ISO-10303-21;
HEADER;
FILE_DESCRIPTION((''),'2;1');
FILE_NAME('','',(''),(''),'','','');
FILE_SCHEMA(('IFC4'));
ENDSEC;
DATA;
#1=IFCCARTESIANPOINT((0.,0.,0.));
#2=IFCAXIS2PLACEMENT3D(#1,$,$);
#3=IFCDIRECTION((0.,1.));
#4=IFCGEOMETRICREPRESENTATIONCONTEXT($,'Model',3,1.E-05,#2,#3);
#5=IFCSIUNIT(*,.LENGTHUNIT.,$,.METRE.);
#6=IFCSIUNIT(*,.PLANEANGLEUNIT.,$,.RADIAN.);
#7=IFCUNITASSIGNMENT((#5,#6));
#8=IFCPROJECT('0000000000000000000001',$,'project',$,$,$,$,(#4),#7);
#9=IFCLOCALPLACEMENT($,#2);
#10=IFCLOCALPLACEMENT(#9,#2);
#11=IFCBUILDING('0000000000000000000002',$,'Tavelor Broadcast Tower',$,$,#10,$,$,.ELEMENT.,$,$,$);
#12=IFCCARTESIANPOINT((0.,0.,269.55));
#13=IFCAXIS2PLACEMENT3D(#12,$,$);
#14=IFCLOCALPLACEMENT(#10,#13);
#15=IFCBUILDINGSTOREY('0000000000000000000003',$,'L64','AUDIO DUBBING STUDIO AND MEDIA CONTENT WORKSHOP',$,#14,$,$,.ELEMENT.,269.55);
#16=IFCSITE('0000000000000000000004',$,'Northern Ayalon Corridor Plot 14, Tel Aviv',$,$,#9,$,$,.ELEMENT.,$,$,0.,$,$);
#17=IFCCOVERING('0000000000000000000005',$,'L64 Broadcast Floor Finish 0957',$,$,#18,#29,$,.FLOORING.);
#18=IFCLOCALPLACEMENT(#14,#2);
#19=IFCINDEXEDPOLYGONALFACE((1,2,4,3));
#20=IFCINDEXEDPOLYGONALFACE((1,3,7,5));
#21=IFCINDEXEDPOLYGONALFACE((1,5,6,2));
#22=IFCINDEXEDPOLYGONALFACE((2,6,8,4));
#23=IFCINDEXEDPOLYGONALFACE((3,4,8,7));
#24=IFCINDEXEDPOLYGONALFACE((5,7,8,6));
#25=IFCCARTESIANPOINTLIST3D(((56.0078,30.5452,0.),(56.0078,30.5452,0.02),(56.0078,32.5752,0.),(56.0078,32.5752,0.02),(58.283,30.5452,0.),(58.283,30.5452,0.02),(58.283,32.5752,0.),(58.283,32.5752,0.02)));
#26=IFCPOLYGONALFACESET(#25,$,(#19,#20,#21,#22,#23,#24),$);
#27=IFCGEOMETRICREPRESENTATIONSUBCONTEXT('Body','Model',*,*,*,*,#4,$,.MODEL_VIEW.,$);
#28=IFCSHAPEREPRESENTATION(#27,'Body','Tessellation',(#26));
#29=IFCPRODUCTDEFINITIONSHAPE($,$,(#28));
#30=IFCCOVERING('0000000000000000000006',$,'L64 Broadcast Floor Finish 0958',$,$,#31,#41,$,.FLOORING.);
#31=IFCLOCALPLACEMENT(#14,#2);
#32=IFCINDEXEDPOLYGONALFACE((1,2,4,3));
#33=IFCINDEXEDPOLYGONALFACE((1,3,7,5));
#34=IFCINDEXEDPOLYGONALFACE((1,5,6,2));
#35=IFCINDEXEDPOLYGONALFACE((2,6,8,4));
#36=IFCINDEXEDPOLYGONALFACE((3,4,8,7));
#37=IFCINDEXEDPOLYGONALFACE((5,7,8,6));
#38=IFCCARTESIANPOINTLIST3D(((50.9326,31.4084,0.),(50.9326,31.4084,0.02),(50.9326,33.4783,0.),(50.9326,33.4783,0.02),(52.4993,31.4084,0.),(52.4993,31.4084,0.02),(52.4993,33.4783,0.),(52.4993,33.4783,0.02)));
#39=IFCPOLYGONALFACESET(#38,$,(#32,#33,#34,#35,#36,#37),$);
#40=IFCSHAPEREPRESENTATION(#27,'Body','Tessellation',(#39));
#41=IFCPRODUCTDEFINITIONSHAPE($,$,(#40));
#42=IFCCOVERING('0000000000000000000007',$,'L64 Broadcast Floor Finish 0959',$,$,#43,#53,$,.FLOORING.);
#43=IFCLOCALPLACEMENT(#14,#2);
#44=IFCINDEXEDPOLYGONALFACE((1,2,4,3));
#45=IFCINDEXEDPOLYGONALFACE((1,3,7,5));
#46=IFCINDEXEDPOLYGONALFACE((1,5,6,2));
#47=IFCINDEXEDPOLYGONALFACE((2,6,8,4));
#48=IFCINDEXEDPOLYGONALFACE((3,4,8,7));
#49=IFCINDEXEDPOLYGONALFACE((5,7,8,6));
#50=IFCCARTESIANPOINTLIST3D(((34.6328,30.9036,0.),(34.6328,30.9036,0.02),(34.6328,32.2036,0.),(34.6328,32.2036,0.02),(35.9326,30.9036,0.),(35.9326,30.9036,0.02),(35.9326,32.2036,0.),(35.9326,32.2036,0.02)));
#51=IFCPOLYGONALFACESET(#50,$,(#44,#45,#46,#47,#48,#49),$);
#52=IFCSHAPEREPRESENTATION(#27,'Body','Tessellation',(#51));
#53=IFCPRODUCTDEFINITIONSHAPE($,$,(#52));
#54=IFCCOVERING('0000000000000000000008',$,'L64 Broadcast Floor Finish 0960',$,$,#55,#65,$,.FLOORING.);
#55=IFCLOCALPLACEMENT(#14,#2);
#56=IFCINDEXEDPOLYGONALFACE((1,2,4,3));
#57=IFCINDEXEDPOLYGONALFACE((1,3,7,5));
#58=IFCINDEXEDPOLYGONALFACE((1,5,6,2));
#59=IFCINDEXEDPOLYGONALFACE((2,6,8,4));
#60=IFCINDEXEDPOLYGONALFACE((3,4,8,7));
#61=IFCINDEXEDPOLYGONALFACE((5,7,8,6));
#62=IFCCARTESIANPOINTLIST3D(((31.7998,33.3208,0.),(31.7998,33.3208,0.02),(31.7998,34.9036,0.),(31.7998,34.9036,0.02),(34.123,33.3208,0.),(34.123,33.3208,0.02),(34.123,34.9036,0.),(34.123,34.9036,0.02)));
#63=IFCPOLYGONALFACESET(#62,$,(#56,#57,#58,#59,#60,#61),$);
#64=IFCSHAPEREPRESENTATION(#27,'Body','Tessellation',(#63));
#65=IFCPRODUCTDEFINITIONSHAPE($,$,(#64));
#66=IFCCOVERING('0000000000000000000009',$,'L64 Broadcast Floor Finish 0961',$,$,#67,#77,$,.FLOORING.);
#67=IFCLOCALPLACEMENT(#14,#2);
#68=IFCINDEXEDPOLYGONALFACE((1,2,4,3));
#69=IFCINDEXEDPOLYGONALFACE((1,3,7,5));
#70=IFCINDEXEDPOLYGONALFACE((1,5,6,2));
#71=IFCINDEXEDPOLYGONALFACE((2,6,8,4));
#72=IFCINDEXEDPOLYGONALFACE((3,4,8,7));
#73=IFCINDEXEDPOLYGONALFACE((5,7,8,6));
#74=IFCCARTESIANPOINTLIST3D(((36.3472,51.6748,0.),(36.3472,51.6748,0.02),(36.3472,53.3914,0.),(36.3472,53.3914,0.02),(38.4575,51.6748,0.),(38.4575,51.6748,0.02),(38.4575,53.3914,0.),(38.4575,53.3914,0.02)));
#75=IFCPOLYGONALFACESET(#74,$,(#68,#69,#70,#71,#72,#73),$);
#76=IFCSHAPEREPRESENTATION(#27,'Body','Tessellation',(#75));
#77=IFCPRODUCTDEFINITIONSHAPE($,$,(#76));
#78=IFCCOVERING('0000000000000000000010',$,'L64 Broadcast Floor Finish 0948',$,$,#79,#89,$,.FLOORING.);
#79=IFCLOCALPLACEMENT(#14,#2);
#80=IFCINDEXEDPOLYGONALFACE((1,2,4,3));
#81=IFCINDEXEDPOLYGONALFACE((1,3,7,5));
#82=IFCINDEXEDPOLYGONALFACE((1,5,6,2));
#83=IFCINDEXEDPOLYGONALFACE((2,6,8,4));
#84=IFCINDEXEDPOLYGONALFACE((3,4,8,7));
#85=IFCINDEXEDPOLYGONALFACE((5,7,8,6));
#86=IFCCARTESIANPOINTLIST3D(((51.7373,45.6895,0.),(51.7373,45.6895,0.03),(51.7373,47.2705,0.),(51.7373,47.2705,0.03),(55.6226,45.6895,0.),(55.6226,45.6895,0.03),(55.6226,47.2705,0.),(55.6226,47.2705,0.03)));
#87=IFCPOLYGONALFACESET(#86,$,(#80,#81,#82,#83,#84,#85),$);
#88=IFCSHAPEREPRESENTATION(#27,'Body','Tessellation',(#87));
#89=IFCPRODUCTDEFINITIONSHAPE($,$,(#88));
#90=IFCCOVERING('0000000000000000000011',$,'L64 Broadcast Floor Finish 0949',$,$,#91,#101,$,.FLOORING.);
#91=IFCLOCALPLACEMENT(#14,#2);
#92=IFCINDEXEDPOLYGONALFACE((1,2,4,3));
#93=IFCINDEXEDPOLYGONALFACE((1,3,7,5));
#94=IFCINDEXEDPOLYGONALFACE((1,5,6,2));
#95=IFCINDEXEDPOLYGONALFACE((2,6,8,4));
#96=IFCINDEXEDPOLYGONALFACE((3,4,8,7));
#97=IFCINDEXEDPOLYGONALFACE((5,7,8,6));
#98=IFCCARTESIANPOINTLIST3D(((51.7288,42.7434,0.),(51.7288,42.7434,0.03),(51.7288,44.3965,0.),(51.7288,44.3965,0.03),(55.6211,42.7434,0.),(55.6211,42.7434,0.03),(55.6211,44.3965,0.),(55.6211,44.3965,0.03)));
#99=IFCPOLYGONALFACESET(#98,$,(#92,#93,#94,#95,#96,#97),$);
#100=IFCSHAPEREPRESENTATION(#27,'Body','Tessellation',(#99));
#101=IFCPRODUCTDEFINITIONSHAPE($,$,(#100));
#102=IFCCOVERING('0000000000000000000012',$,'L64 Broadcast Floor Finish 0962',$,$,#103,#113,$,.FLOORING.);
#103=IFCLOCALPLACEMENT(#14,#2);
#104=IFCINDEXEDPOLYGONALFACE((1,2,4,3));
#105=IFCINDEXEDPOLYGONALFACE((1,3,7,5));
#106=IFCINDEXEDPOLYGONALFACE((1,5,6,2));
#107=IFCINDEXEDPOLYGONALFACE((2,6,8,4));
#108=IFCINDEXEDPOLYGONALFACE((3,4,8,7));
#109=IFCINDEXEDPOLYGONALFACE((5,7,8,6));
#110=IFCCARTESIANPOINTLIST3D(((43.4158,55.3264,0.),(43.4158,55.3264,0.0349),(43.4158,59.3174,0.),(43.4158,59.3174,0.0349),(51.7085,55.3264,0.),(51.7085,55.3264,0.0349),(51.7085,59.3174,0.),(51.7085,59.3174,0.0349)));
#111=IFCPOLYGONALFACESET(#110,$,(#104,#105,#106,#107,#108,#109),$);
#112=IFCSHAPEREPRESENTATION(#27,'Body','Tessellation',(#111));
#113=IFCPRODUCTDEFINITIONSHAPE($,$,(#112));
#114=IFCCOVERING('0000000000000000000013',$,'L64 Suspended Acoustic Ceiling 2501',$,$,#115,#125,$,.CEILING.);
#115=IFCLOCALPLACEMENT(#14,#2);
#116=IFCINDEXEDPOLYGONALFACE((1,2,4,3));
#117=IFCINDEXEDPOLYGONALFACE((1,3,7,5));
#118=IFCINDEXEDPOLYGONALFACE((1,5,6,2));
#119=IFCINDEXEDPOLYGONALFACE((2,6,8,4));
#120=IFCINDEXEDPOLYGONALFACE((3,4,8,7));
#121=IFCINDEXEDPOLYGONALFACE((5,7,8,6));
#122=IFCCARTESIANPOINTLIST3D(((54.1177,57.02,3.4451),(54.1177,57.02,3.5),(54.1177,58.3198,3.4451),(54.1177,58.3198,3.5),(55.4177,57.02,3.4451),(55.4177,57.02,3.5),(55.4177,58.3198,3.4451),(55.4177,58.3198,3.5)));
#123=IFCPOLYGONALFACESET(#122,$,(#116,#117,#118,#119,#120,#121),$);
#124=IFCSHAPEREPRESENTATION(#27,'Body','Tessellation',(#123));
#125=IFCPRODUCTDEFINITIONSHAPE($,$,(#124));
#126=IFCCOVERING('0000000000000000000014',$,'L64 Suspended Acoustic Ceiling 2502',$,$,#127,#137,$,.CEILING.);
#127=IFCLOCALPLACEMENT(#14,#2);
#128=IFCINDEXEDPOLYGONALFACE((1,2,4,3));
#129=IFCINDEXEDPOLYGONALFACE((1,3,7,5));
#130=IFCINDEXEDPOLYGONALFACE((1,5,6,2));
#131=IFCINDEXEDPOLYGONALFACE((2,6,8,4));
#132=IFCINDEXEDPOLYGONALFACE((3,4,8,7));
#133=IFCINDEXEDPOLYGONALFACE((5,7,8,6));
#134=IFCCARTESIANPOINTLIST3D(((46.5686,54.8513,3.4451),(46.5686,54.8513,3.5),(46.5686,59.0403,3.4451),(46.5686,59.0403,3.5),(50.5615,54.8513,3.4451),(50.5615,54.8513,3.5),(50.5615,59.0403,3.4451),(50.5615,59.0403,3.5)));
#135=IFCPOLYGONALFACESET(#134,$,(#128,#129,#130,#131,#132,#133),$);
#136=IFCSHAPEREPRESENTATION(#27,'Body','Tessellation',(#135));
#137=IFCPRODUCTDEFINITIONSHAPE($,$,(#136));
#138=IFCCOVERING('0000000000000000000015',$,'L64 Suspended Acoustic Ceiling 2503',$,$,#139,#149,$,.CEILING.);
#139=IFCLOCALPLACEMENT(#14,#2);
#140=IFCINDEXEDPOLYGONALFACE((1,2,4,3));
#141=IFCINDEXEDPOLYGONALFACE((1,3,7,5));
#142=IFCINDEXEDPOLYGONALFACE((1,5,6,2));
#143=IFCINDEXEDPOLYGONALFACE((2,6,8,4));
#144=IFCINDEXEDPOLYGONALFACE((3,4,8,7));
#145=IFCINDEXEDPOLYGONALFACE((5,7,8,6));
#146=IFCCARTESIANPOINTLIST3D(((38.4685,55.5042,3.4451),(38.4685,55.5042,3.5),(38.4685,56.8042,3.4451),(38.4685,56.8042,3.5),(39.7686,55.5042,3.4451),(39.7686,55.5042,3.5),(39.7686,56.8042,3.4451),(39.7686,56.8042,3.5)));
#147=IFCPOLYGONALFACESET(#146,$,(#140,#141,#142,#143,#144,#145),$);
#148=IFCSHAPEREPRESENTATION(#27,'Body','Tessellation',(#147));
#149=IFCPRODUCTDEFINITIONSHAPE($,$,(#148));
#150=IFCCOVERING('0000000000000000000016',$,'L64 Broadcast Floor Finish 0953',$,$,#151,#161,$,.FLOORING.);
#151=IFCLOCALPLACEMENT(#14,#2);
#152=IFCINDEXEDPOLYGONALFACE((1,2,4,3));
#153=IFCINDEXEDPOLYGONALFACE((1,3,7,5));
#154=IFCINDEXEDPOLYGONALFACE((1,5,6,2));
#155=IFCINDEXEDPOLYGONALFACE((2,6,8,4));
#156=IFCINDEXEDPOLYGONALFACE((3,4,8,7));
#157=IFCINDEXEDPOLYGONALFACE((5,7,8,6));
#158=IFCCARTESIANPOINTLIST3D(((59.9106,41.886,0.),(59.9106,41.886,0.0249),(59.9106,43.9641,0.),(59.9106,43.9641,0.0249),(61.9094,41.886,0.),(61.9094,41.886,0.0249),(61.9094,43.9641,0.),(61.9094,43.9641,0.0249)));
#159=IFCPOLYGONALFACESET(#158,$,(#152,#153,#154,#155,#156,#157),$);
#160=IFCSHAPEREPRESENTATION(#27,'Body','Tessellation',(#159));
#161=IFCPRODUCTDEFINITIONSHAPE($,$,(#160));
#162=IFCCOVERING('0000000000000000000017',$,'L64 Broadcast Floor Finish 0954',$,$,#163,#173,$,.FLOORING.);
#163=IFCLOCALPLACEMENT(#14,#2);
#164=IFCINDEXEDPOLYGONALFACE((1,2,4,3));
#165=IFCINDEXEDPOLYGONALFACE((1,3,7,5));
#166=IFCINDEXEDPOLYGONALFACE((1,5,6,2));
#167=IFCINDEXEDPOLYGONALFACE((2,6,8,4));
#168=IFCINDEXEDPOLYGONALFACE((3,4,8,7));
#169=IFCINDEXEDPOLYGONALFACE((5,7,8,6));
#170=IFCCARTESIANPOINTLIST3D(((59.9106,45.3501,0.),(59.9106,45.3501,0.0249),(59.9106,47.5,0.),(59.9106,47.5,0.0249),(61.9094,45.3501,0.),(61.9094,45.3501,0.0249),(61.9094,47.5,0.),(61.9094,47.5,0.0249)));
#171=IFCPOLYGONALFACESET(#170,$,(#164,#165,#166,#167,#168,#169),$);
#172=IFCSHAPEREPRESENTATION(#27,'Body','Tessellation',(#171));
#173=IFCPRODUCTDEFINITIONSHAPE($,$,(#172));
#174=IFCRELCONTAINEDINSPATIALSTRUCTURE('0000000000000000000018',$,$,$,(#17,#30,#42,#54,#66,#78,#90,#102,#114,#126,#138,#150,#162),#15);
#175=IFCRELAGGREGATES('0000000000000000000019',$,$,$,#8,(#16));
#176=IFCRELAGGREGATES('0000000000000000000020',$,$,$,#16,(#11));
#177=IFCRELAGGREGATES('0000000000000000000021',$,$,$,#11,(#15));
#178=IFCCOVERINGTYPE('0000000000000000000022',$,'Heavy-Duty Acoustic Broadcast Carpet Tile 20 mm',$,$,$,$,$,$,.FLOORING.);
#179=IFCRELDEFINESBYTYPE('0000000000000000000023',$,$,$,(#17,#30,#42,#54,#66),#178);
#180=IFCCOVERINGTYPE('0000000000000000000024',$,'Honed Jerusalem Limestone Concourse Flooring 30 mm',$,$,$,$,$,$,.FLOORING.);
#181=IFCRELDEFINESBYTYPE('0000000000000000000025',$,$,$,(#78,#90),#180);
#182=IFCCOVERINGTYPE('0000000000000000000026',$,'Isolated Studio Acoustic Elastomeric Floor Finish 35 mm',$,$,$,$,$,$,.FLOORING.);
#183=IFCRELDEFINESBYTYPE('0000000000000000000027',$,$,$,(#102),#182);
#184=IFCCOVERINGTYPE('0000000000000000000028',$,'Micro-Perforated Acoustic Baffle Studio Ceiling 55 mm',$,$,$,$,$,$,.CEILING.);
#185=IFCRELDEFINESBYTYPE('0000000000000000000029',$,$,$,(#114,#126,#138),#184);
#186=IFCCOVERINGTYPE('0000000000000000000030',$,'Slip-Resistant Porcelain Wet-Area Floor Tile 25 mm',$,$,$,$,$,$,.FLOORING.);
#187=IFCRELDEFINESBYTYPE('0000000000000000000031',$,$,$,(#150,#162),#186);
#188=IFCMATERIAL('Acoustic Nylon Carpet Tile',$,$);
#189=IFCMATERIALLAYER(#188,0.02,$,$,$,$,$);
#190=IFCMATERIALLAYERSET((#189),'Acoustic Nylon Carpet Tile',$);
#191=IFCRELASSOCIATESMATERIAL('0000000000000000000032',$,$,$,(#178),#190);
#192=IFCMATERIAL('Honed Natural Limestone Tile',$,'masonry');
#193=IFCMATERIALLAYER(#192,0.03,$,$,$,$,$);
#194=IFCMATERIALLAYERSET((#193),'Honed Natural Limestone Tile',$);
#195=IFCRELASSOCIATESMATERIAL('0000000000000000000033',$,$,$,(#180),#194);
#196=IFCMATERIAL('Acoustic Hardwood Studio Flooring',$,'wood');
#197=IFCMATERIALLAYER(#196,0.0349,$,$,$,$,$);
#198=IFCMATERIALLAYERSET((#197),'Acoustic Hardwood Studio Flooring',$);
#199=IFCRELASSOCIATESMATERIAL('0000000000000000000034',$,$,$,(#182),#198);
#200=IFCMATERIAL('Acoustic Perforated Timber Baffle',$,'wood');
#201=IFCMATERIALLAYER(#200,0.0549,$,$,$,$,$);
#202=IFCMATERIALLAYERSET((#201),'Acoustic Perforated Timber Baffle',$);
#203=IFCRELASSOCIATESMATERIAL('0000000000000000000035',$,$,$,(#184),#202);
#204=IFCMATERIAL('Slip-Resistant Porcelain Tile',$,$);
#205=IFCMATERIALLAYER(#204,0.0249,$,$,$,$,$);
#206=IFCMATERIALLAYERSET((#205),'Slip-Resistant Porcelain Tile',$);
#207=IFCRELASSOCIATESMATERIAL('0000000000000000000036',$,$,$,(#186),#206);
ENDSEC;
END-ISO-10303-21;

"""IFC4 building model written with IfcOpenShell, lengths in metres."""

from ifc_helpers import new_model, si_unit, direction, frame, origin, place, context, subcontext, project, spatial, polyline, outline, extrude, material, layer, layer_set, type_object, element, save


model = new_model("IFC4")

# Units and contexts
model_context = context("Model", 3, precision=1e-05, world=origin(), true_north=direction((0.0, 1.0)))
body_context = subcontext(model_context, "Body", "Model", "MODEL_VIEW")
ifc_project = project(units=[si_unit("LENGTHUNIT", "METRE"), si_unit("PLANEANGLEUNIT", "RADIAN")], contexts=[model_context])

# Site, building, storey
site_placement = place(None, origin())
site = spatial("IfcSite", under=ifc_project, at=site_placement, Name="Northern Ayalon Corridor Plot 14, Tel Aviv", CompositionType="ELEMENT", RefElevation=0.0)
building_placement = place(site_placement, origin())
building = spatial("IfcBuilding", under=site, at=building_placement, Name="Tavelor Broadcast Tower", CompositionType="ELEMENT")
storey_placement = place(building_placement, frame((0.0, 0.0, 269.55)))
storey = spatial("IfcBuildingStorey", under=building, at=storey_placement, Name="L64", Description="AUDIO DUBBING STUDIO AND MEDIA CONTENT WORKSHOP", CompositionType="ELEMENT", Elevation=269.55)

# Coverings
ifc_material_1 = material(Name="Acoustic Nylon Carpet Tile")
ifc_layer_1 = layer(ifc_material_1, 0.02)
ifc_layer_set_1 = layer_set([ifc_layer_1], Name="Acoustic Nylon Carpet Tile")
covering_type_1 = type_object("IfcCoveringType", Name="Heavy-Duty Acoustic Broadcast Carpet Tile 20 mm", PredefinedType="FLOORING", material=ifc_layer_set_1)
covering_1_placement = place(storey_placement, origin())
element("IfcCovering", 1, at=covering_1_placement, inside=storey, type_object=covering_type_1, Name="L64 Broadcast Floor Finish 0957", PredefinedType="FLOORING", context=body_context, shape_type="SweptSolid", body=[
    extrude(outline(polyline([(56.0078, 30.5452), (58.283, 30.5452), (58.283, 32.5752), (56.0078, 32.5752), (56.0078, 30.5452)])), origin(), (0.0, 0.0, 1.0), 0.02),
])
covering_2_placement = place(storey_placement, origin())
element("IfcCovering", 2, at=covering_2_placement, inside=storey, type_object=covering_type_1, Name="L64 Broadcast Floor Finish 0958", PredefinedType="FLOORING", context=body_context, shape_type="SweptSolid", body=[
    extrude(outline(polyline([(50.9326, 31.4084), (52.4993, 31.4084), (52.4993, 33.4783), (50.9326, 33.4783), (50.9326, 31.4084)])), origin(), (0.0, 0.0, 1.0), 0.02),
])
covering_3_placement = place(storey_placement, origin())
element("IfcCovering", 3, at=covering_3_placement, inside=storey, type_object=covering_type_1, Name="L64 Broadcast Floor Finish 0959", PredefinedType="FLOORING", context=body_context, shape_type="SweptSolid", body=[
    extrude(outline(polyline([(34.6328, 30.9036), (35.9326, 30.9036), (35.9326, 32.2036), (34.6328, 32.2036), (34.6328, 30.9036)])), origin(), (0.0, 0.0, 1.0), 0.02),
])
covering_4_placement = place(storey_placement, origin())
element("IfcCovering", 4, at=covering_4_placement, inside=storey, type_object=covering_type_1, Name="L64 Broadcast Floor Finish 0960", PredefinedType="FLOORING", context=body_context, shape_type="SweptSolid", body=[
    extrude(outline(polyline([(31.7998, 33.3208), (34.123, 33.3208), (34.123, 34.9036), (31.7998, 34.9036), (31.7998, 33.3208)])), origin(), (0.0, 0.0, 1.0), 0.02),
])
covering_5_placement = place(storey_placement, origin())
element("IfcCovering", 5, at=covering_5_placement, inside=storey, type_object=covering_type_1, Name="L64 Broadcast Floor Finish 0961", PredefinedType="FLOORING", context=body_context, shape_type="SweptSolid", body=[
    extrude(outline(polyline([(36.3472, 51.6748), (38.4575, 51.6748), (38.4575, 53.3914), (36.3472, 53.3914), (36.3472, 51.6748)])), origin(), (0.0, 0.0, 1.0), 0.02),
])
ifc_material_2 = material(Name="Honed Natural Limestone Tile", Category="masonry")
ifc_layer_2 = layer(ifc_material_2, 0.03)
ifc_layer_set_2 = layer_set([ifc_layer_2], Name="Honed Natural Limestone Tile")
covering_type_2 = type_object("IfcCoveringType", Name="Honed Jerusalem Limestone Concourse Flooring 30 mm", PredefinedType="FLOORING", material=ifc_layer_set_2)
covering_6_placement = place(storey_placement, origin())
element("IfcCovering", 6, at=covering_6_placement, inside=storey, type_object=covering_type_2, Name="L64 Broadcast Floor Finish 0948", PredefinedType="FLOORING", context=body_context, shape_type="SweptSolid", body=[
    extrude(outline(polyline([(51.7373, 45.6895), (55.6226, 45.6895), (55.6226, 47.2705), (51.7373, 47.2705), (51.7373, 45.6895)])), origin(), (0.0, 0.0, 1.0), 0.03),
])
covering_7_placement = place(storey_placement, origin())
element("IfcCovering", 7, at=covering_7_placement, inside=storey, type_object=covering_type_2, Name="L64 Broadcast Floor Finish 0949", PredefinedType="FLOORING", context=body_context, shape_type="SweptSolid", body=[
    extrude(outline(polyline([(51.7288, 42.7434), (55.6211, 42.7434), (55.6211, 44.3965), (51.7288, 44.3965), (51.7288, 42.7434)])), origin(), (0.0, 0.0, 1.0), 0.03),
])
ifc_material_3 = material(Name="Acoustic Hardwood Studio Flooring", Category="wood")
ifc_layer_3 = layer(ifc_material_3, 0.0349)
ifc_layer_set_3 = layer_set([ifc_layer_3], Name="Acoustic Hardwood Studio Flooring")
covering_type_3 = type_object("IfcCoveringType", Name="Isolated Studio Acoustic Elastomeric Floor Finish 35 mm", PredefinedType="FLOORING", material=ifc_layer_set_3)
covering_8_placement = place(storey_placement, origin())
element("IfcCovering", 8, at=covering_8_placement, inside=storey, type_object=covering_type_3, Name="L64 Broadcast Floor Finish 0962", PredefinedType="FLOORING", context=body_context, shape_type="SweptSolid", body=[
    extrude(outline(polyline([(43.4158, 55.3264), (51.7085, 55.3264), (51.7085, 59.3174), (43.4158, 59.3174), (43.4158, 55.3264)])), origin(), (0.0, 0.0, 1.0), 0.0349),
])
ifc_material_4 = material(Name="Acoustic Perforated Timber Baffle", Category="wood")
ifc_layer_4 = layer(ifc_material_4, 0.0549)
ifc_layer_set_4 = layer_set([ifc_layer_4], Name="Acoustic Perforated Timber Baffle")
covering_type_4 = type_object("IfcCoveringType", Name="Micro-Perforated Acoustic Baffle Studio Ceiling 55 mm", PredefinedType="CEILING", material=ifc_layer_set_4)
covering_9_placement = place(storey_placement, frame((0.0, 0.0, 3.4451)))
element("IfcCovering", 9, at=covering_9_placement, inside=storey, type_object=covering_type_4, Name="L64 Suspended Acoustic Ceiling 2501", PredefinedType="CEILING", context=body_context, shape_type="SweptSolid", body=[
    extrude(outline(polyline([(54.1177, 57.02), (55.4177, 57.02), (55.4177, 58.3198), (54.1177, 58.3198), (54.1177, 57.02)])), origin(), (0.0, 0.0, 1.0), 0.0549),
])
covering_10_placement = place(storey_placement, frame((0.0, 0.0, 3.4451)))
element("IfcCovering", 10, at=covering_10_placement, inside=storey, type_object=covering_type_4, Name="L64 Suspended Acoustic Ceiling 2502", PredefinedType="CEILING", context=body_context, shape_type="SweptSolid", body=[
    extrude(outline(polyline([(46.5686, 54.8513), (50.5615, 54.8513), (50.5615, 59.0403), (46.5686, 59.0403), (46.5686, 54.8513)])), origin(), (0.0, 0.0, 1.0), 0.0549),
])
covering_11_placement = place(storey_placement, frame((0.0, 0.0, 3.4451)))
element("IfcCovering", 11, at=covering_11_placement, inside=storey, type_object=covering_type_4, Name="L64 Suspended Acoustic Ceiling 2503", PredefinedType="CEILING", context=body_context, shape_type="SweptSolid", body=[
    extrude(outline(polyline([(38.4685, 55.5042), (39.7686, 55.5042), (39.7686, 56.8042), (38.4685, 56.8042), (38.4685, 55.5042)])), origin(), (0.0, 0.0, 1.0), 0.0549),
])
ifc_material_5 = material(Name="Slip-Resistant Porcelain Tile")
ifc_layer_5 = layer(ifc_material_5, 0.0249)
ifc_layer_set_5 = layer_set([ifc_layer_5], Name="Slip-Resistant Porcelain Tile")
covering_type_5 = type_object("IfcCoveringType", Name="Slip-Resistant Porcelain Wet-Area Floor Tile 25 mm", PredefinedType="FLOORING", material=ifc_layer_set_5)
covering_12_placement = place(storey_placement, origin())
element("IfcCovering", 12, at=covering_12_placement, inside=storey, type_object=covering_type_5, Name="L64 Broadcast Floor Finish 0953", PredefinedType="FLOORING", context=body_context, shape_type="SweptSolid", body=[
    extrude(outline(polyline([(59.9106, 41.886), (61.9094, 41.886), (61.9094, 43.9641), (59.9106, 43.9641), (59.9106, 41.886)])), origin(), (0.0, 0.0, 1.0), 0.0249),
])
covering_13_placement = place(storey_placement, origin())
element("IfcCovering", 13, at=covering_13_placement, inside=storey, type_object=covering_type_5, Name="L64 Broadcast Floor Finish 0954", PredefinedType="FLOORING", context=body_context, shape_type="SweptSolid", body=[
    extrude(outline(polyline([(59.9106, 45.3501), (61.9094, 45.3501), (61.9094, 47.5), (59.9106, 47.5), (59.9106, 45.3501)])), origin(), (0.0, 0.0, 1.0), 0.0249),
])

save(model, "model.ifc")
